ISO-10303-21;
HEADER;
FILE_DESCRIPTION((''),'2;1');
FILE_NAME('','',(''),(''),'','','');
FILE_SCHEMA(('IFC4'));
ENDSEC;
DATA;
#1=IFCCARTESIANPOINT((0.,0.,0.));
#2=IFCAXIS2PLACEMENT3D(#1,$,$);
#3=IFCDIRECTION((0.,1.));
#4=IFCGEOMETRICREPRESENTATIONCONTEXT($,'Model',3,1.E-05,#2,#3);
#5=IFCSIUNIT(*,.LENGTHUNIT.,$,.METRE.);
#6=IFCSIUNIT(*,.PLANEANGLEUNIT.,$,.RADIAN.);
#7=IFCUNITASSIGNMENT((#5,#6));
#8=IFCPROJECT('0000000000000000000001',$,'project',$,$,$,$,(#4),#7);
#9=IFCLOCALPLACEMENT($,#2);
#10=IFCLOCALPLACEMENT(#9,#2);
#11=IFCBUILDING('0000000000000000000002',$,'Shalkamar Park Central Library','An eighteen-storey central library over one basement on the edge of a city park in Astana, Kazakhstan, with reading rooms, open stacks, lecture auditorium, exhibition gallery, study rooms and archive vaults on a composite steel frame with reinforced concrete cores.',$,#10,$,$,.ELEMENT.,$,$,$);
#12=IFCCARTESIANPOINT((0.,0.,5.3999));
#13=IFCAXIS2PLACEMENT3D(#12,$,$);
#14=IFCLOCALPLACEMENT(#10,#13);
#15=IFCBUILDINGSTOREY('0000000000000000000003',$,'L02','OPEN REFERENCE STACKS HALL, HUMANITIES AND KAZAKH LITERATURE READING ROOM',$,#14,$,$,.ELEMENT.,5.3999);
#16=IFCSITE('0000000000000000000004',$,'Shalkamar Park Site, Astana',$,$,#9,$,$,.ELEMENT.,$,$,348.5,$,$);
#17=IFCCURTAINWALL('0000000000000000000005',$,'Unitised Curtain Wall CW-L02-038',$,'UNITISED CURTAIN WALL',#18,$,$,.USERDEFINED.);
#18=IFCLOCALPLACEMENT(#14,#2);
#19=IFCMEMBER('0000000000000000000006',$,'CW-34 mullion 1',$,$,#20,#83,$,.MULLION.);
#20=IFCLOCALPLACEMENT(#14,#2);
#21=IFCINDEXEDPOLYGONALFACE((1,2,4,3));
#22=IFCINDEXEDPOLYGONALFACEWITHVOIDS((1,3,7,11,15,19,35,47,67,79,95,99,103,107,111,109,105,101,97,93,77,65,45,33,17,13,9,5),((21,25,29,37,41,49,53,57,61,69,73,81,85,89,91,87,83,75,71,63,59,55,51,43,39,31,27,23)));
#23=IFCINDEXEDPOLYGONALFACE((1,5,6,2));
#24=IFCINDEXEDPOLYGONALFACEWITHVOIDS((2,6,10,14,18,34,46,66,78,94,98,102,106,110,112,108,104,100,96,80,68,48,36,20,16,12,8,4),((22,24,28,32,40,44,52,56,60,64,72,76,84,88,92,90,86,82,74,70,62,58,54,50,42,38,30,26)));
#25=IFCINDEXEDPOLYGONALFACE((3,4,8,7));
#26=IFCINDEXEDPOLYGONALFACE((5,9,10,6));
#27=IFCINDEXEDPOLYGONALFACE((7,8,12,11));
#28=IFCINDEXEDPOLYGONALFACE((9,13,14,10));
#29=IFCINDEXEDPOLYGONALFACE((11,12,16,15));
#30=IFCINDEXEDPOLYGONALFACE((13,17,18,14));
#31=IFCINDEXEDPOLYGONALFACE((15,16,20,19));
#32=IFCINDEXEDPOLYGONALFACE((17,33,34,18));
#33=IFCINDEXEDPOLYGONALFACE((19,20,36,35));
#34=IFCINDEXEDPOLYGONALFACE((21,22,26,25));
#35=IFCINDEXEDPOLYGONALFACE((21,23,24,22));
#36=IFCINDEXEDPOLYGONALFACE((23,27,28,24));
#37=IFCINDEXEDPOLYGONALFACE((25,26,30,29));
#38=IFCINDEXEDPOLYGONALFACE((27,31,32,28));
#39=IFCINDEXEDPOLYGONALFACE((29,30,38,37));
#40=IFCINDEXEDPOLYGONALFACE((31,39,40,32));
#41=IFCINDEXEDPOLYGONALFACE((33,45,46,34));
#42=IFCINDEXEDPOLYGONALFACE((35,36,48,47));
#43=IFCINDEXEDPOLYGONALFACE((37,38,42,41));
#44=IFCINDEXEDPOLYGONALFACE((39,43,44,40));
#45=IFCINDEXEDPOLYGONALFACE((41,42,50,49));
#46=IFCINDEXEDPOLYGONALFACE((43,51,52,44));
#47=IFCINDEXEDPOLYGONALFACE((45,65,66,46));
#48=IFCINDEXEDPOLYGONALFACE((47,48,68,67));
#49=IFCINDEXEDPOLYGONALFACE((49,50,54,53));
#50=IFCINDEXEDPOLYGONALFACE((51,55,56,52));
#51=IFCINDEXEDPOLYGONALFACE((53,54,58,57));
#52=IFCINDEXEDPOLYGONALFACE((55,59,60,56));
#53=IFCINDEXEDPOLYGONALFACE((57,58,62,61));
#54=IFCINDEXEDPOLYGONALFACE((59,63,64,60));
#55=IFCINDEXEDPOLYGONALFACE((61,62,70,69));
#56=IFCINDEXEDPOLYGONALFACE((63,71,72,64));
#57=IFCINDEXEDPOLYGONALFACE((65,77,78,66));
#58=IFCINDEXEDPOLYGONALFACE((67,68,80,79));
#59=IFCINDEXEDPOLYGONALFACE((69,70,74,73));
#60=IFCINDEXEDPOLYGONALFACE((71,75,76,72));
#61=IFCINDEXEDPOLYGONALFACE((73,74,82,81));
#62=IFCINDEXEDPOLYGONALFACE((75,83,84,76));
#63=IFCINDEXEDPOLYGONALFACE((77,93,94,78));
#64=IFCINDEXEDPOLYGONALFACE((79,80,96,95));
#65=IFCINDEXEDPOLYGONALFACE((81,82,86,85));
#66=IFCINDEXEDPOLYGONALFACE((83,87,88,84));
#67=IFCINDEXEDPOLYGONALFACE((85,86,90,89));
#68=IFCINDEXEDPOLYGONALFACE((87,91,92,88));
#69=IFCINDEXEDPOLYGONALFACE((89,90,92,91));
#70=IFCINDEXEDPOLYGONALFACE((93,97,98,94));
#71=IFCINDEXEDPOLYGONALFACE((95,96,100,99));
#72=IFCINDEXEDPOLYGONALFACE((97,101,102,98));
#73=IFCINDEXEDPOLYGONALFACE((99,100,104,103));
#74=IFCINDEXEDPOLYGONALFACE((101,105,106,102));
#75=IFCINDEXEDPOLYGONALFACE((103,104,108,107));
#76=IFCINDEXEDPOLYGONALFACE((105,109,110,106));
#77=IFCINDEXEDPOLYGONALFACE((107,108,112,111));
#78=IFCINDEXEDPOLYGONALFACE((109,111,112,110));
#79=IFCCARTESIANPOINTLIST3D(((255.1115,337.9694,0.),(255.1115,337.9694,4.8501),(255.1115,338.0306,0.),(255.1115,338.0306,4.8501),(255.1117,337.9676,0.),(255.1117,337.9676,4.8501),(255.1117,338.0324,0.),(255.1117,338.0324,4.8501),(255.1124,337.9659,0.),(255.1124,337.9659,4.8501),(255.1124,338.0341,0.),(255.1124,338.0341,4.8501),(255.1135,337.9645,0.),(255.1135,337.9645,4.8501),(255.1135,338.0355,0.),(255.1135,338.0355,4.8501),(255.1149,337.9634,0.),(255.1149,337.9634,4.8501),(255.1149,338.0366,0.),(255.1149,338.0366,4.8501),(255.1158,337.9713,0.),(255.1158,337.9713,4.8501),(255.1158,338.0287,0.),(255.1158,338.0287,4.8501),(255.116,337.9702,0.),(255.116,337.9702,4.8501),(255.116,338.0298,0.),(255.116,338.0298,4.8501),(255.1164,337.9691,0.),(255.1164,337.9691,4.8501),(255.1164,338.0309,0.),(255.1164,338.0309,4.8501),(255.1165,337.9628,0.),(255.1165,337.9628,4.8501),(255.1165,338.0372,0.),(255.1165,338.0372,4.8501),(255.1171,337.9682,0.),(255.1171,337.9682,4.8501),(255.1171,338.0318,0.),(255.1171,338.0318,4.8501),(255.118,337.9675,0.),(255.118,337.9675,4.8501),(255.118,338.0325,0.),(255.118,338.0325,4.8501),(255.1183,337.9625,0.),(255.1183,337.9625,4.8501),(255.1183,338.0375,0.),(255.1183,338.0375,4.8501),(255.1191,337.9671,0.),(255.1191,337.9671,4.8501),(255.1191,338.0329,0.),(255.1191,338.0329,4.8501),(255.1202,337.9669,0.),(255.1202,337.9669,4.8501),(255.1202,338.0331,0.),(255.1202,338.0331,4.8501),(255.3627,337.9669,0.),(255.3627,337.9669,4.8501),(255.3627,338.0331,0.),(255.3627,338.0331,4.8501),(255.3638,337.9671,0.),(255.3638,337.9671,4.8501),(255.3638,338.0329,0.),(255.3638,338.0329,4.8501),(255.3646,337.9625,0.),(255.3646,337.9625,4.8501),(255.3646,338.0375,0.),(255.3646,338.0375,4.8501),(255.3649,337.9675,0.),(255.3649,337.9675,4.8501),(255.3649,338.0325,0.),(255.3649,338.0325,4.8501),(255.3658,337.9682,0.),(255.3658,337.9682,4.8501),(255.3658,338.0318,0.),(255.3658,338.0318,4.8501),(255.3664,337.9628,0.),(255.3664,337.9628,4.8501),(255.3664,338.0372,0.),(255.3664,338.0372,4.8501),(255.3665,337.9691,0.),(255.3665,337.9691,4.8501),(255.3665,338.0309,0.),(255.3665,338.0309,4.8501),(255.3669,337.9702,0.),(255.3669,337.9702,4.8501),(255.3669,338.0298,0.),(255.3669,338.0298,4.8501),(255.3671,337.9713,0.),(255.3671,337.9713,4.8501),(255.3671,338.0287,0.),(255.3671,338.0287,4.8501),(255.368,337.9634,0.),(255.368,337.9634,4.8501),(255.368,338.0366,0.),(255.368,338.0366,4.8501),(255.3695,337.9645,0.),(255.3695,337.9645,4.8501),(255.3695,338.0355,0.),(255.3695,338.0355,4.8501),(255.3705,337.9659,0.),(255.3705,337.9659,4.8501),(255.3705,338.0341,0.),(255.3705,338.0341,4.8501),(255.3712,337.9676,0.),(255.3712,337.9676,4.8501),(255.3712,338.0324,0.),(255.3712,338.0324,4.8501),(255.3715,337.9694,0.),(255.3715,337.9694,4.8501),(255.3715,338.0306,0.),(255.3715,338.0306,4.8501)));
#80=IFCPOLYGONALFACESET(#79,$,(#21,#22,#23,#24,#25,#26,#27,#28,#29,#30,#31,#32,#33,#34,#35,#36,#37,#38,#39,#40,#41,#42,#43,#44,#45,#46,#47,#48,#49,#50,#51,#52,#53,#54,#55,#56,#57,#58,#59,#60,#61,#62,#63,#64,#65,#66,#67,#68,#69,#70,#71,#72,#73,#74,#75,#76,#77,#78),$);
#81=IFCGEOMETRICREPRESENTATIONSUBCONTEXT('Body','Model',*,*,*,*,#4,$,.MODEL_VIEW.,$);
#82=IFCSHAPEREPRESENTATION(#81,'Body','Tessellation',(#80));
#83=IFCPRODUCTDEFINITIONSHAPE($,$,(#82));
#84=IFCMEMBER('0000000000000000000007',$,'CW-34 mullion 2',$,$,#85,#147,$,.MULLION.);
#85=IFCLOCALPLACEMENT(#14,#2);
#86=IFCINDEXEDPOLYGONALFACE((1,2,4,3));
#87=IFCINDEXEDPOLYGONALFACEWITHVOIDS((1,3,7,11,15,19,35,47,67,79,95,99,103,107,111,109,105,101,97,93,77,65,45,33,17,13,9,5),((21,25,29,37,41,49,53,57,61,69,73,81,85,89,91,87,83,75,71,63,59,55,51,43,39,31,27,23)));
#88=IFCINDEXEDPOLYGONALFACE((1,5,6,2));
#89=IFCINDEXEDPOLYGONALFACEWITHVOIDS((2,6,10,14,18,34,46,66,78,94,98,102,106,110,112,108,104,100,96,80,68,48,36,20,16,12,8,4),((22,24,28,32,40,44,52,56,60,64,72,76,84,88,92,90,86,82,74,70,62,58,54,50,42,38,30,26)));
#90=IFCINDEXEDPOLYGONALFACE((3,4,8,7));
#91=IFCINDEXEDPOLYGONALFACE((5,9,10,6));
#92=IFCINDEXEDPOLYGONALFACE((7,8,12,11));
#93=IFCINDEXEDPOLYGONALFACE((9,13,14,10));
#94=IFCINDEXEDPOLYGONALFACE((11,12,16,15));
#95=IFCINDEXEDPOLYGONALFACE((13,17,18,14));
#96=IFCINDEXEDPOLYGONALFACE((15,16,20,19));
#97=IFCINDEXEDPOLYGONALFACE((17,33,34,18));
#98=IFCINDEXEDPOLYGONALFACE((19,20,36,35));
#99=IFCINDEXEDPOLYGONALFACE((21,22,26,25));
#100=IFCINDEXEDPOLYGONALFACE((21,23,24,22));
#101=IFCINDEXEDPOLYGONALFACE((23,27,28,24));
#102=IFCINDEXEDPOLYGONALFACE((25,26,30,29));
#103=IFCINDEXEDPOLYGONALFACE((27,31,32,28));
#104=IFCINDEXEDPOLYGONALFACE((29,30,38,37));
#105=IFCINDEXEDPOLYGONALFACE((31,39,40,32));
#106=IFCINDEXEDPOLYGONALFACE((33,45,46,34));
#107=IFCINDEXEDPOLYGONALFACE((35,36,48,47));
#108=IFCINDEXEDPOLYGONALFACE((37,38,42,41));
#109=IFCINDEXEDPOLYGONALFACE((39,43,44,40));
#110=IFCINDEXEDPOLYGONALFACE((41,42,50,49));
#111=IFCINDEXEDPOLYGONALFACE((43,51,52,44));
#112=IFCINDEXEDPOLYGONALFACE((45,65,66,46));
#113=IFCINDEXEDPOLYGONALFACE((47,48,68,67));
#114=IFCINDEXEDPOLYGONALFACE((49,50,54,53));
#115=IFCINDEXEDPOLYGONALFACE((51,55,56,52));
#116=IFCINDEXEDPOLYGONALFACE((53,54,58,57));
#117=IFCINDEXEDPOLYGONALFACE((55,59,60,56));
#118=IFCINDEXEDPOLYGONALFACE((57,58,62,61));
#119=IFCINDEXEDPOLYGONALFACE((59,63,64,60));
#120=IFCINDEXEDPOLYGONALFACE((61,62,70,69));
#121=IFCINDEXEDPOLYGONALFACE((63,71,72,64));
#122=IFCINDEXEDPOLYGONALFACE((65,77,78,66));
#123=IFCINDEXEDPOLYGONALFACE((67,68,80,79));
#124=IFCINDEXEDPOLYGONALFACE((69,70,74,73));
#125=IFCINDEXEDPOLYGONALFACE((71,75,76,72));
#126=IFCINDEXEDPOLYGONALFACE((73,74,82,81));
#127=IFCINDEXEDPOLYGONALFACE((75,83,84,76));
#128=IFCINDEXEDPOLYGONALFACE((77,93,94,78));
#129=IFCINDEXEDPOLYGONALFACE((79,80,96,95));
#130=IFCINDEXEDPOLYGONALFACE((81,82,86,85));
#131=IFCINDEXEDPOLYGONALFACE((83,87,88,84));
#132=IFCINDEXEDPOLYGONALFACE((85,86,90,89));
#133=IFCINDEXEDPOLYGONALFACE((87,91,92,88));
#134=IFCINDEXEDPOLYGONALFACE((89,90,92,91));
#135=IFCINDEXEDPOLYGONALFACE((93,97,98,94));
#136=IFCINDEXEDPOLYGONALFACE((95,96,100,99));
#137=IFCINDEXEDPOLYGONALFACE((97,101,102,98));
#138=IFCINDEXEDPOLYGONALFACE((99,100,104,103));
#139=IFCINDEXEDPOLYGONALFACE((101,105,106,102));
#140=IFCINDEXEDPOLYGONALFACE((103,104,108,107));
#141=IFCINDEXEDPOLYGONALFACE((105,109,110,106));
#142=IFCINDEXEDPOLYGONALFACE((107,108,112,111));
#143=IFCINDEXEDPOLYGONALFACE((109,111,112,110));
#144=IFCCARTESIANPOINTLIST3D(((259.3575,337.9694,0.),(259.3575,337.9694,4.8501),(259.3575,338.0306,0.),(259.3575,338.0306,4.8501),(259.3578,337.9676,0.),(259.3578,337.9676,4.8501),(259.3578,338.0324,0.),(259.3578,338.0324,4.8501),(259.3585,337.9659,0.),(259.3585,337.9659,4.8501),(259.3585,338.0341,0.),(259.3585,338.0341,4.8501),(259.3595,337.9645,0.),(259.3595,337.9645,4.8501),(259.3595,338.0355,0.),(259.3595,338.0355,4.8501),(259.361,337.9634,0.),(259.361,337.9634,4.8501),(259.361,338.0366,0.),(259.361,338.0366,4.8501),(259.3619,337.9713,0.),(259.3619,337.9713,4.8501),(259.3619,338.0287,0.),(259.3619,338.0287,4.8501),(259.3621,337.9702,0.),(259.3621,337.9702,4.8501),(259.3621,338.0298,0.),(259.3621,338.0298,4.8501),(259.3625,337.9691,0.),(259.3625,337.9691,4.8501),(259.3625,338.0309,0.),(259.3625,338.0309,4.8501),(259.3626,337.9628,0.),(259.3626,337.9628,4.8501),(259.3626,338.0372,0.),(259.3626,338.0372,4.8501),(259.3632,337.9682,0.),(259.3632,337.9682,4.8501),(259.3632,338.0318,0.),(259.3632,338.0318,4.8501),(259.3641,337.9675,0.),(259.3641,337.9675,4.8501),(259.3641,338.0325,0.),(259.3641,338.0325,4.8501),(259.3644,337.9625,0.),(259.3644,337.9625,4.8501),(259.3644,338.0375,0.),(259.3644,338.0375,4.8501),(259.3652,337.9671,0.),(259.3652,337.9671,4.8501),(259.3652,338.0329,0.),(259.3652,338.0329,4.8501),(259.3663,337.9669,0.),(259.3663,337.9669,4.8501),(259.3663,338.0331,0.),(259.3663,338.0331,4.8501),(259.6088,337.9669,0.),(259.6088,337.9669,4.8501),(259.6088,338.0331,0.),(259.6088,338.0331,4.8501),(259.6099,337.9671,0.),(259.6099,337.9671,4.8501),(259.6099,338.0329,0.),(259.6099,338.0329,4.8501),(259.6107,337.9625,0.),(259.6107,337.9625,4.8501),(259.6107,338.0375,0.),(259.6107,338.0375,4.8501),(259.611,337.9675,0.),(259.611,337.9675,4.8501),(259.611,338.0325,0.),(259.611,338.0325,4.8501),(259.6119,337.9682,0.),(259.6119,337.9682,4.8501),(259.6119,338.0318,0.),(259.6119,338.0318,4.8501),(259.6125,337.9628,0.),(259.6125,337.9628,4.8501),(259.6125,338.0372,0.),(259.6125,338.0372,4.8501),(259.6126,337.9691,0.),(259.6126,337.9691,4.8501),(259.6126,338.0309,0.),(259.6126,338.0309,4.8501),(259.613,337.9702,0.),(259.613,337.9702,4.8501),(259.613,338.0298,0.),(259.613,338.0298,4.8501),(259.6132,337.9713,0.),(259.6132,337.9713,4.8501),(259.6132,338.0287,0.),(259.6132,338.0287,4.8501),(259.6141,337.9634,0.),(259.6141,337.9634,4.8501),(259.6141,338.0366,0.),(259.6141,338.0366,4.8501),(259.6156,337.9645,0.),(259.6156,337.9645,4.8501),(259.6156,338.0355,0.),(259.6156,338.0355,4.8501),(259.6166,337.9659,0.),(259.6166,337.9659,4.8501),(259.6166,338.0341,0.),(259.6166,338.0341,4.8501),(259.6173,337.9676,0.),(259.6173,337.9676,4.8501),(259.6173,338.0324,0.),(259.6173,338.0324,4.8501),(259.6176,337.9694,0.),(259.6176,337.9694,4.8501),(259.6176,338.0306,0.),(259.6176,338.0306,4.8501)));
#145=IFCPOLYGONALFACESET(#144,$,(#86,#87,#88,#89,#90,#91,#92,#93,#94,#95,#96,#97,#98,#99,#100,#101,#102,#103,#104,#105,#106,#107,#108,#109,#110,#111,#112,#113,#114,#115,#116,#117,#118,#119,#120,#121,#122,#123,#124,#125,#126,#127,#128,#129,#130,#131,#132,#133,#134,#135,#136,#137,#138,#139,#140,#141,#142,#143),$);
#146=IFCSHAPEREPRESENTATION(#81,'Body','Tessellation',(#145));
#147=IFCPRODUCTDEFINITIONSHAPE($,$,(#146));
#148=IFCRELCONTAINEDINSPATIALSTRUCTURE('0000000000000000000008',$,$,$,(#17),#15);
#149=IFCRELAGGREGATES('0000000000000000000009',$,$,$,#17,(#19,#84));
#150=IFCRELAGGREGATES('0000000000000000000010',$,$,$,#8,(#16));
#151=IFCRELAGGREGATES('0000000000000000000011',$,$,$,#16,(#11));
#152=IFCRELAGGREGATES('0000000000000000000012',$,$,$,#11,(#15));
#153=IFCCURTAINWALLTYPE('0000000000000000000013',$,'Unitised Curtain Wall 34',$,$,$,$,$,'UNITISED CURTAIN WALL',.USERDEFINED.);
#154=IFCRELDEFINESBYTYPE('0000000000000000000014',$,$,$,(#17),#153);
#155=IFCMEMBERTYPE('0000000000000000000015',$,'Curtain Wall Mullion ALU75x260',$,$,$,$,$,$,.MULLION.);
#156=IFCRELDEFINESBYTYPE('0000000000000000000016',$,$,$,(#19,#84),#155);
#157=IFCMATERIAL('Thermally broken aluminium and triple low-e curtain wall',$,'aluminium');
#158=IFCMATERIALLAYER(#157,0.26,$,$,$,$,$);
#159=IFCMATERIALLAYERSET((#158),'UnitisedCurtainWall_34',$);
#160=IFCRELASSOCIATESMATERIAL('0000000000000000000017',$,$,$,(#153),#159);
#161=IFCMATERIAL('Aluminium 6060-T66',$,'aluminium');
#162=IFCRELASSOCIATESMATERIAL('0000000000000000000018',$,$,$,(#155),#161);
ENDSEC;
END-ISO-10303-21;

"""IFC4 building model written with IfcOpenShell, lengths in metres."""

from ifc_helpers import new_model, si_unit, direction, frame, origin, origin_2d, place, context, subcontext, project, spatial, hollow_rectangle, extrude, material, layer, layer_set, material_profile, profile_set, type_object, element, aggregate, save


model = new_model("IFC4")

# Units and contexts
model_context = context("Model", 3, precision=1e-05, world=origin(), true_north=direction((0.0, 1.0)))
body_context = subcontext(model_context, "Body", "Model", "MODEL_VIEW")
ifc_project = project(units=[si_unit("LENGTHUNIT", "METRE"), si_unit("PLANEANGLEUNIT", "RADIAN")], contexts=[model_context])

# Site, building, storey
site_placement = place(None, origin())
site = spatial("IfcSite", under=ifc_project, at=site_placement, Name="Shalkamar Park Site, Astana", CompositionType="ELEMENT", RefElevation=348.5)
building_placement = place(site_placement, origin())
building = spatial("IfcBuilding", under=site, at=building_placement, Name="Shalkamar Park Central Library", Description="An eighteen-storey central library over one basement on the edge of a city park in Astana, Kazakhstan, with reading rooms, open stacks, lecture auditorium, exhibition gallery, study rooms and archive vaults on a composite steel frame with reinforced concrete cores.", CompositionType="ELEMENT")
storey_placement = place(building_placement, frame((0.0, 0.0, 5.3999)))
storey = spatial("IfcBuildingStorey", under=building, at=storey_placement, Name="L02", Description="OPEN REFERENCE STACKS HALL, HUMANITIES AND KAZAKH LITERATURE READING ROOM", CompositionType="ELEMENT", Elevation=5.3999)

# Curtain wall, members
ifc_material_1 = material(Name="Thermally broken aluminium and triple low-e curtain wall", Category="aluminium")
ifc_material_2 = material(Name="Aluminium 6060-T66", Category="aluminium")
ifc_layer_1 = layer(ifc_material_1, 0.26)
ifc_layer_set_1 = layer_set([ifc_layer_1], Name="UnitisedCurtainWall_34")
curtain_wall_type_1 = type_object("IfcCurtainWallType", Name="Unitised Curtain Wall 34", ElementType="UNITISED CURTAIN WALL", PredefinedType="USERDEFINED", material=ifc_layer_set_1)
curtain_wall_1_placement = place(storey_placement, origin())
curtain_wall_1 = element("IfcCurtainWall", 1, at=curtain_wall_1_placement, inside=storey, type_object=curtain_wall_type_1, Name="Unitised Curtain Wall CW-L02-038", ObjectType="UNITISED CURTAIN WALL", PredefinedType="USERDEFINED")
ifc_material_profile_1 = material_profile(ifc_material_2, hollow_rectangle(XDim=0.075, YDim=0.26, WallThickness=0.0044, InnerFilletRadius=0.0044, OuterFilletRadius=0.0068, at=origin_2d()), Name="ALU 75x260x4.5")
ifc_profile_set_1 = profile_set([ifc_material_profile_1], Name="Aluminium 6060-T66")
member_type_1 = type_object("IfcMemberType", Name="Curtain Wall Mullion ALU75x260", PredefinedType="MULLION", material=ifc_profile_set_1)
member_1_placement = place(storey_placement, frame((255.2415, 338.0, 0.0), z_axis=(0.0, 0.0, 1.0), x_axis=(0.0, 1.0, 0.0)))
member_1 = element("IfcMember", 2, at=member_1_placement, type_object=member_type_1, Name="CW-34 mullion 1", PredefinedType="MULLION", context=body_context, shape_type="SweptSolid", body=[
    extrude(hollow_rectangle(XDim=0.075, YDim=0.26, WallThickness=0.0044, InnerFilletRadius=0.0044, OuterFilletRadius=0.0068, at=origin_2d()), origin(), (0.0, 0.0, 1.0), 4.8501),
])
member_2_placement = place(storey_placement, frame((259.4875, 338.0, 0.0), z_axis=(0.0, 0.0, 1.0), x_axis=(0.0, 1.0, 0.0)))
member_2 = element("IfcMember", 3, at=member_2_placement, type_object=member_type_1, Name="CW-34 mullion 2", PredefinedType="MULLION", context=body_context, shape_type="SweptSolid", body=[
    extrude(hollow_rectangle(XDim=0.075, YDim=0.26, WallThickness=0.0044, InnerFilletRadius=0.0044, OuterFilletRadius=0.0068, at=origin_2d()), origin(), (0.0, 0.0, 1.0), 4.8501),
])

aggregate(curtain_wall_1, [member_1, member_2])

save(model, "model.ifc")
